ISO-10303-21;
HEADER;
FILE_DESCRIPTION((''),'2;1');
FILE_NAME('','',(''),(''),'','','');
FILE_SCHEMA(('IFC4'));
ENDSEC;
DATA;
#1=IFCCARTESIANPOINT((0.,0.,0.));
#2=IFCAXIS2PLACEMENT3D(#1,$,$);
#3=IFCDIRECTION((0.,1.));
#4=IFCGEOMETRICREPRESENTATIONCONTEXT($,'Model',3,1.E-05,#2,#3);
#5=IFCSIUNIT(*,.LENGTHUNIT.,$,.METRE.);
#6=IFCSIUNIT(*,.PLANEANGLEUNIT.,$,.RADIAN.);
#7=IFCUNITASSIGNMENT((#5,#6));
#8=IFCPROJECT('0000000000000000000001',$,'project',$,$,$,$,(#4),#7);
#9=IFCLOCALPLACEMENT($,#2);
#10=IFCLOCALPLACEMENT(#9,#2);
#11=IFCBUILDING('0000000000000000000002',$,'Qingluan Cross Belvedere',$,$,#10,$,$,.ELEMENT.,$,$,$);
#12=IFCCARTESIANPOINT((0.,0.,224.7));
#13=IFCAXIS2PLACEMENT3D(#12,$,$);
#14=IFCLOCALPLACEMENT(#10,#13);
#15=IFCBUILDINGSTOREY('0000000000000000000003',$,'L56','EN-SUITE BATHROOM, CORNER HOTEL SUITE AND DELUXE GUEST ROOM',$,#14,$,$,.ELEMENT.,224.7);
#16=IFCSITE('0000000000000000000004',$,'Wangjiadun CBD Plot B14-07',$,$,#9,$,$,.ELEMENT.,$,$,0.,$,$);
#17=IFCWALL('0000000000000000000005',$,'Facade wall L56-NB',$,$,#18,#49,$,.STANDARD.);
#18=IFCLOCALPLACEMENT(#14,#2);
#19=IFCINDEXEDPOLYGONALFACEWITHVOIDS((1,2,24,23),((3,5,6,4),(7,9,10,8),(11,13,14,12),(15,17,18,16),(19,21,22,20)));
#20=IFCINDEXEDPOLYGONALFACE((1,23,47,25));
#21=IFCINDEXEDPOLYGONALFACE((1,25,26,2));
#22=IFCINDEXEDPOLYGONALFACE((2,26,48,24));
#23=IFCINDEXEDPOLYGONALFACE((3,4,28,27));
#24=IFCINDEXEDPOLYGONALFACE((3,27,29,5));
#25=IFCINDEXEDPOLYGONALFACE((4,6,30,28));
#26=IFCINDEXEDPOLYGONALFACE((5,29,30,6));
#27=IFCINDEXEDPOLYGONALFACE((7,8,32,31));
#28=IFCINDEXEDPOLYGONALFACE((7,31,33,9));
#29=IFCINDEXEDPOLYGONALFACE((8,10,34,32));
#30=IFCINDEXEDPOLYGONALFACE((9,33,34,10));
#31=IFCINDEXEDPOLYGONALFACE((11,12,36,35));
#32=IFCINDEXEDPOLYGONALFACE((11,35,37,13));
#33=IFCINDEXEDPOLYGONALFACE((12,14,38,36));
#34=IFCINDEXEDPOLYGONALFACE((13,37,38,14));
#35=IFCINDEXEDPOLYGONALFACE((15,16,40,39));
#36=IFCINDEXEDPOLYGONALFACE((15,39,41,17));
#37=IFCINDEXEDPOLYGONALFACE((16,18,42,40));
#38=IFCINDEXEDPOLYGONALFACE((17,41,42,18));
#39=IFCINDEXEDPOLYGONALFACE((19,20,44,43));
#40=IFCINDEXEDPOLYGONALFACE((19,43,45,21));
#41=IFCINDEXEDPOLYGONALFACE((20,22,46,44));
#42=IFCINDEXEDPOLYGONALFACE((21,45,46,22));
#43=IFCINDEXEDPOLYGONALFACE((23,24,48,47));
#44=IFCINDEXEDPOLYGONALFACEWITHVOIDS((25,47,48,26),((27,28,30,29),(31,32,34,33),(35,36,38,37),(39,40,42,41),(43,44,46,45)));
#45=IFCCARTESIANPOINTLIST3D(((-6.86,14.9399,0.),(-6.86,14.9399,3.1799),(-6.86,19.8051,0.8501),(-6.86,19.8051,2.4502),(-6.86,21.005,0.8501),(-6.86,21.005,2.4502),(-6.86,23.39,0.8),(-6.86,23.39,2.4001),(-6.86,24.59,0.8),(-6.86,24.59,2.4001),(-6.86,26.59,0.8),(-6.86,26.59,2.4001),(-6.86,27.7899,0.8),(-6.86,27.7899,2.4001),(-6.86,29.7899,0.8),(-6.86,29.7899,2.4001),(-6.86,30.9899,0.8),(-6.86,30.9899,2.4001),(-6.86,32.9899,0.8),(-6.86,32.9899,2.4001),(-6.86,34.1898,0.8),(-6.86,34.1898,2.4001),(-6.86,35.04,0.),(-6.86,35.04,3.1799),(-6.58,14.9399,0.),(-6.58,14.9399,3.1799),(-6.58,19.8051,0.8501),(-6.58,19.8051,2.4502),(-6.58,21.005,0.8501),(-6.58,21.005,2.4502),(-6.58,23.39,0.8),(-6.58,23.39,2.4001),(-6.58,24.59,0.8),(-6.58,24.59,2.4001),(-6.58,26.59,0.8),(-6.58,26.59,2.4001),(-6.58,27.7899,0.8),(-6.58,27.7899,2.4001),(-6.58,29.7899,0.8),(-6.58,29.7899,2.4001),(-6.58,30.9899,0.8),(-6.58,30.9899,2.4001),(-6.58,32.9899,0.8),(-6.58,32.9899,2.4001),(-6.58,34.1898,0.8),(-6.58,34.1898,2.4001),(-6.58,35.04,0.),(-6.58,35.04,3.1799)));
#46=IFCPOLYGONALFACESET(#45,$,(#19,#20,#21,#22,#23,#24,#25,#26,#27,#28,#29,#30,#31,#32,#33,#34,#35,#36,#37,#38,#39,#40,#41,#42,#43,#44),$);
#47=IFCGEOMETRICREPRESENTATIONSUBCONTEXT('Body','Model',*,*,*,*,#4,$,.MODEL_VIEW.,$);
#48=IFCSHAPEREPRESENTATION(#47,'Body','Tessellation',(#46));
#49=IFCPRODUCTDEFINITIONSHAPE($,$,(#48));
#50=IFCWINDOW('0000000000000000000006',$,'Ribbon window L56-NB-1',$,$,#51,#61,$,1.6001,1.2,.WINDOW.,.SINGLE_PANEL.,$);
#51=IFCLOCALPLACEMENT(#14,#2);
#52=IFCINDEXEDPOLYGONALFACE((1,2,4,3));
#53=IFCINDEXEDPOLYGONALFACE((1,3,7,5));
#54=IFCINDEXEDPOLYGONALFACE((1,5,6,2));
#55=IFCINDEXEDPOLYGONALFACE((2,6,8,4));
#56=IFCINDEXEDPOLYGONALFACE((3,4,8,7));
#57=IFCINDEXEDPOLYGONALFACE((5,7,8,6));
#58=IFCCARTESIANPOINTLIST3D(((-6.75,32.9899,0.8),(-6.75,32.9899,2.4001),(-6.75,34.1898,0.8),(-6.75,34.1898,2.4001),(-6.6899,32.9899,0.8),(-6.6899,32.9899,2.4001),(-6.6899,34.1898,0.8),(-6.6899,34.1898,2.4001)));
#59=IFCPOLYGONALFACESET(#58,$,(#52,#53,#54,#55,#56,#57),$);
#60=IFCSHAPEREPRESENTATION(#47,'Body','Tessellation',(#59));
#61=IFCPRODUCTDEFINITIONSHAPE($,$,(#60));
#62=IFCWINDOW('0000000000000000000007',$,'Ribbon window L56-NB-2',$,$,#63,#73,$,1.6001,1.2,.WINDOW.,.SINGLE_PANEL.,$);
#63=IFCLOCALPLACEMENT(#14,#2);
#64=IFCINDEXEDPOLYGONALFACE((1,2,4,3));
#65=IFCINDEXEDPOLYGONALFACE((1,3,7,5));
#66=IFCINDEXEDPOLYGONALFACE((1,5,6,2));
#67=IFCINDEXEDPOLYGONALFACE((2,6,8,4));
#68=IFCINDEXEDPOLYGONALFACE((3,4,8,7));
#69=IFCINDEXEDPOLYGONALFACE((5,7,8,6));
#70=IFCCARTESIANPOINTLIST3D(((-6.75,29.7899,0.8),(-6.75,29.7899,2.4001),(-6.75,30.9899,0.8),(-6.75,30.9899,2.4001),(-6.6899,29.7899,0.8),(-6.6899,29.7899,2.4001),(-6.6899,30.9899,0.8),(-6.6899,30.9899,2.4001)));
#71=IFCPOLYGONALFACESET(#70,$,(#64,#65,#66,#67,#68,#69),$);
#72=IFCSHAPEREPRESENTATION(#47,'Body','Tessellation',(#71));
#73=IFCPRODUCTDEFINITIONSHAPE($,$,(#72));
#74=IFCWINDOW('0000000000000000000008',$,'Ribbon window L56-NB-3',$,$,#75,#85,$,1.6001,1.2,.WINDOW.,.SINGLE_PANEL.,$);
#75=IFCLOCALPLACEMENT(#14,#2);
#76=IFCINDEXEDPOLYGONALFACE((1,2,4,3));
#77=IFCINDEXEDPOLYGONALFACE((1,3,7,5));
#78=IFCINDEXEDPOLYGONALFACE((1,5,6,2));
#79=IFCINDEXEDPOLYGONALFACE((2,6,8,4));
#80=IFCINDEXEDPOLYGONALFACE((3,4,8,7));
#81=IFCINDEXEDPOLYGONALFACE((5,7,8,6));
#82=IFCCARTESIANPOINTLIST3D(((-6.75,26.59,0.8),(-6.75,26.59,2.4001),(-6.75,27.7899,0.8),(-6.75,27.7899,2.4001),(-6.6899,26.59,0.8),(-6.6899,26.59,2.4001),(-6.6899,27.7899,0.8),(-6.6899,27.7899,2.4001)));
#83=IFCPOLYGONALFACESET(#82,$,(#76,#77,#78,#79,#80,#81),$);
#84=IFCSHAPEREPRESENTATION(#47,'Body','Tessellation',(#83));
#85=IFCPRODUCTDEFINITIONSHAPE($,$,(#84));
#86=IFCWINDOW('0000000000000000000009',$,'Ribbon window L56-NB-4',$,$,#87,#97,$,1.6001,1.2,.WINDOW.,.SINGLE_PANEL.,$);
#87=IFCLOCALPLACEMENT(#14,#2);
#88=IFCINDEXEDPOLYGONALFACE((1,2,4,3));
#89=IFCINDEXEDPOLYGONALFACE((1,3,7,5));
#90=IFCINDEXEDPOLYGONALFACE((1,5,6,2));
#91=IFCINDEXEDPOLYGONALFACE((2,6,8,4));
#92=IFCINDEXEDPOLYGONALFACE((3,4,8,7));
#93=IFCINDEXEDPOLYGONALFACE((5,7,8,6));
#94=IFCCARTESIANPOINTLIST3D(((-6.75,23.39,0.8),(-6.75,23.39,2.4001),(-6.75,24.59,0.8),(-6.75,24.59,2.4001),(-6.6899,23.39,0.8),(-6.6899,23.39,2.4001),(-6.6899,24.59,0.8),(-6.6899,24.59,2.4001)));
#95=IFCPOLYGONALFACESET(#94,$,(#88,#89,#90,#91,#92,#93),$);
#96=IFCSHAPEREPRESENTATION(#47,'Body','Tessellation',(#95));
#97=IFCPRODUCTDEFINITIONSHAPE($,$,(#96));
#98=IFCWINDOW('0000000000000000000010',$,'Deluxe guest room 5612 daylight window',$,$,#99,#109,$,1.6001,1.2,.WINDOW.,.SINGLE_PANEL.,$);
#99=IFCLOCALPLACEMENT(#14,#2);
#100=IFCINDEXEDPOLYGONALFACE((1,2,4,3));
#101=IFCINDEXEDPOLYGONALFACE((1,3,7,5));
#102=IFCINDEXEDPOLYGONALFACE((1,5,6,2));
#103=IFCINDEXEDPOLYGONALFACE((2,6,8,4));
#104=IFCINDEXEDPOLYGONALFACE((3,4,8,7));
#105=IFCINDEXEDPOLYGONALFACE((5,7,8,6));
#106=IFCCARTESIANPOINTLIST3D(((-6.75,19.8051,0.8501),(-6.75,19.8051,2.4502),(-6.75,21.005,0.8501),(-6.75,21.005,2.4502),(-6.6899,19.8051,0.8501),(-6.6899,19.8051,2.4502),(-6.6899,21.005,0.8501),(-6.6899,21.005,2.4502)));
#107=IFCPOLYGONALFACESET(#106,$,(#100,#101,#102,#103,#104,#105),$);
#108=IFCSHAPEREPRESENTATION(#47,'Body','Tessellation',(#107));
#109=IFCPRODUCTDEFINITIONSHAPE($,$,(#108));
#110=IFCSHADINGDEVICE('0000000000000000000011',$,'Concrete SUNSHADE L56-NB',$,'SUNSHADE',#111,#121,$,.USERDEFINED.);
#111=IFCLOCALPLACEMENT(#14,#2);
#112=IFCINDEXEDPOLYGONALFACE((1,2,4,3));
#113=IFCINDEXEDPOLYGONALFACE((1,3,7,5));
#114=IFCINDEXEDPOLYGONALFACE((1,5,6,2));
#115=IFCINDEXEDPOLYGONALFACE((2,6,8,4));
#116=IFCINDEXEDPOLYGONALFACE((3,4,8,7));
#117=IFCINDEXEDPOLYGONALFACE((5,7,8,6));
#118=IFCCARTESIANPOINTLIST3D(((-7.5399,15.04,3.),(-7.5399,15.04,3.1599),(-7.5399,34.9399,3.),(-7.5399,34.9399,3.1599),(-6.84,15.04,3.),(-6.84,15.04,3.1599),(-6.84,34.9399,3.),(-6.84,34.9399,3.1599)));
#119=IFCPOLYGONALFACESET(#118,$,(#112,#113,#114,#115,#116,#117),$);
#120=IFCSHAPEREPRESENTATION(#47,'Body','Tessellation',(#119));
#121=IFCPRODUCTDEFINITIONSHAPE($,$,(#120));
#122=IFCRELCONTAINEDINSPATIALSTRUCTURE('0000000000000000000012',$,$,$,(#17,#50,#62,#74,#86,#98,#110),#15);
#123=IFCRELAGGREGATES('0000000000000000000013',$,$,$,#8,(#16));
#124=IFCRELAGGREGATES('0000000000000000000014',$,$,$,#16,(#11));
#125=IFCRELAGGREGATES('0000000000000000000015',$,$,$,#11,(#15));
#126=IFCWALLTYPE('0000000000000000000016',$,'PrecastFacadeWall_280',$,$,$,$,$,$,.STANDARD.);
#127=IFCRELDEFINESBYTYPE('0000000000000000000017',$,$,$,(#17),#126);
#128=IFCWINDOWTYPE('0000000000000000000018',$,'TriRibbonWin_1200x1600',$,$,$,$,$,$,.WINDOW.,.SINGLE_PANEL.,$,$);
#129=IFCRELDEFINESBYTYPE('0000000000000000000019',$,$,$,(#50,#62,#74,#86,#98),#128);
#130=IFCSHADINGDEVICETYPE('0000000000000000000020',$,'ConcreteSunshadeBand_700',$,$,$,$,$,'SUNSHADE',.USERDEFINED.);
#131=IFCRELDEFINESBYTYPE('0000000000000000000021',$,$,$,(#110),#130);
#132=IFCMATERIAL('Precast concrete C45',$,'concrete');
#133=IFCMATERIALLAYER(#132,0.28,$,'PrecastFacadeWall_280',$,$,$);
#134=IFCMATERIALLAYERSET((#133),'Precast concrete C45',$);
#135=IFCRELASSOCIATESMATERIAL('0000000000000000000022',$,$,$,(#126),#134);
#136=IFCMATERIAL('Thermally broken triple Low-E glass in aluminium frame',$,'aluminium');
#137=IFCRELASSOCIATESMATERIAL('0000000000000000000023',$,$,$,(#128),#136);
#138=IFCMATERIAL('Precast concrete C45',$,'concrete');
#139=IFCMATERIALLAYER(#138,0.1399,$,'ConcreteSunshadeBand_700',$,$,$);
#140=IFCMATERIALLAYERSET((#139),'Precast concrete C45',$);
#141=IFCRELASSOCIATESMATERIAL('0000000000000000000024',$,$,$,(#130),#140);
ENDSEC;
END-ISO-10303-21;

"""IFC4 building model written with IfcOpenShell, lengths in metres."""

from ifc_helpers import new_model, si_unit, direction, frame, frame_2d, origin, origin_2d, place, context, subcontext, project, spatial, rectangle, extrude, material, layer, layer_set, type_object, element, fill, save


model = new_model("IFC4")

# Units and contexts
model_context = context("Model", 3, precision=1e-05, world=origin(), true_north=direction((0.0, 1.0)))
body_context = subcontext(model_context, "Body", "Model", "MODEL_VIEW")
ifc_project = project(units=[si_unit("LENGTHUNIT", "METRE"), si_unit("PLANEANGLEUNIT", "RADIAN")], contexts=[model_context])

# Site, building, storey
site_placement = place(None, origin())
site = spatial("IfcSite", under=ifc_project, at=site_placement, Name="Wangjiadun CBD Plot B14-07", CompositionType="ELEMENT", RefElevation=0.0)
building_placement = place(site_placement, origin())
building = spatial("IfcBuilding", under=site, at=building_placement, Name="Qingluan Cross Belvedere", CompositionType="ELEMENT")
storey_placement = place(building_placement, frame((0.0, 0.0, 224.7)))
storey = spatial("IfcBuildingStorey", under=building, at=storey_placement, Name="L56", Description="EN-SUITE BATHROOM, CORNER HOTEL SUITE AND DELUXE GUEST ROOM", CompositionType="ELEMENT", Elevation=224.7)

# Wall, openings, windows
ifc_material_1 = material(Name="Precast concrete C45", Category="concrete")
ifc_layer_1 = layer(ifc_material_1, 0.28, Name="PrecastFacadeWall_280")
ifc_layer_set_1 = layer_set([ifc_layer_1], Name="Precast concrete C45")
wall_type_1 = type_object("IfcWallType", Name="PrecastFacadeWall_280", PredefinedType="STANDARD", material=ifc_layer_set_1)
wall_1_placement = place(storey_placement, frame((-6.72, 35.04, 0.0), z_axis=(0.0, 0.0, 1.0), x_axis=(0.0, -1.0, 0.0)))
wall_1 = element("IfcWall", 1, at=wall_1_placement, inside=storey, type_object=wall_type_1, Name="Facade wall L56-NB", PredefinedType="STANDARD", context=body_context, shape_type="SweptSolid", body=[
    extrude(rectangle(XDim=20.1001, YDim=0.28, at=frame_2d((10.05, 0.0))), origin(), (0.0, 0.0, 1.0), 3.1799),
])
opening_1_placement = place(wall_1_placement, frame((0.8501, 0.0, 0.8)))
opening_1 = element("IfcOpeningElement", 2, at=opening_1_placement, cuts=wall_1, PredefinedType="OPENING", context=body_context, shape_type="SweptSolid", body=[
    extrude(rectangle(XDim=1.2, YDim=1.6001, at=frame_2d((0.6001, 0.8))), frame((0.0, 0.1499, 0.0), z_axis=(0.0, -1.0, 0.0), x_axis=(1.0, 0.0, 0.0)), (0.0, 0.0, 1.0), 0.3),
])
opening_2_placement = place(wall_1_placement, frame((4.05, 0.0, 0.8)))
opening_2 = element("IfcOpeningElement", 3, at=opening_2_placement, cuts=wall_1, PredefinedType="OPENING", context=body_context, shape_type="SweptSolid", body=[
    extrude(rectangle(XDim=1.2, YDim=1.6001, at=frame_2d((0.6001, 0.8))), frame((0.0, 0.1499, 0.0), z_axis=(0.0, -1.0, 0.0), x_axis=(1.0, 0.0, 0.0)), (0.0, 0.0, 1.0), 0.3),
])
opening_3_placement = place(wall_1_placement, frame((7.25, 0.0, 0.8)))
opening_3 = element("IfcOpeningElement", 4, at=opening_3_placement, cuts=wall_1, PredefinedType="OPENING", context=body_context, shape_type="SweptSolid", body=[
    extrude(rectangle(XDim=1.2, YDim=1.6001, at=frame_2d((0.6001, 0.8))), frame((0.0, 0.1499, 0.0), z_axis=(0.0, -1.0, 0.0), x_axis=(1.0, 0.0, 0.0)), (0.0, 0.0, 1.0), 0.3),
])
opening_4_placement = place(wall_1_placement, frame((10.45, 0.0, 0.8)))
opening_4 = element("IfcOpeningElement", 5, at=opening_4_placement, cuts=wall_1, PredefinedType="OPENING", context=body_context, shape_type="SweptSolid", body=[
    extrude(rectangle(XDim=1.2, YDim=1.6001, at=frame_2d((0.6001, 0.8))), frame((0.0, 0.1499, 0.0), z_axis=(0.0, -1.0, 0.0), x_axis=(1.0, 0.0, 0.0)), (0.0, 0.0, 1.0), 0.3),
])
opening_5_placement = place(wall_1_placement, frame((14.0349, 0.0, 0.8501)))
opening_5 = element("IfcOpeningElement", 6, at=opening_5_placement, cuts=wall_1, PredefinedType="OPENING", context=body_context, shape_type="SweptSolid", body=[
    extrude(rectangle(XDim=1.2, YDim=1.6001, at=frame_2d((0.6001, 0.8))), frame((0.0, 0.1499, 0.0), z_axis=(0.0, -1.0, 0.0), x_axis=(1.0, 0.0, 0.0)), (0.0, 0.0, 1.0), 0.3),
])
ifc_material_2 = material(Name="Thermally broken triple Low-E glass in aluminium frame", Category="aluminium")
window_type = type_object("IfcWindowType", Name="TriRibbonWin_1200x1600", PartitioningType="SINGLE_PANEL", PredefinedType="WINDOW", material=ifc_material_2)
window_1_placement = place(opening_1_placement, origin())
window_1 = element("IfcWindow", 7, at=window_1_placement, inside=storey, type_object=window_type, Name="Ribbon window L56-NB-1", OverallHeight=1.6001, OverallWidth=1.2, PartitioningType="SINGLE_PANEL", PredefinedType="WINDOW", context=body_context, shape_type="SweptSolid", body=[
    extrude(rectangle(XDim=1.2, YDim=1.6001, at=frame_2d((0.6001, 0.8))), frame((0.0, 0.03, 0.0), z_axis=(0.0, -1.0, 0.0), x_axis=(1.0, 0.0, 0.0)), (0.0, 0.0, 1.0), 0.0601),
])
fill(opening_1, window_1)
window_2_placement = place(opening_2_placement, origin())
window_2 = element("IfcWindow", 8, at=window_2_placement, inside=storey, type_object=window_type, Name="Ribbon window L56-NB-2", OverallHeight=1.6001, OverallWidth=1.2, PartitioningType="SINGLE_PANEL", PredefinedType="WINDOW", context=body_context, shape_type="SweptSolid", body=[
    extrude(rectangle(XDim=1.2, YDim=1.6001, at=frame_2d((0.6001, 0.8))), frame((0.0, 0.03, 0.0), z_axis=(0.0, -1.0, 0.0), x_axis=(1.0, 0.0, 0.0)), (0.0, 0.0, 1.0), 0.0601),
])
fill(opening_2, window_2)
window_3_placement = place(opening_3_placement, origin())
window_3 = element("IfcWindow", 9, at=window_3_placement, inside=storey, type_object=window_type, Name="Ribbon window L56-NB-3", OverallHeight=1.6001, OverallWidth=1.2, PartitioningType="SINGLE_PANEL", PredefinedType="WINDOW", context=body_context, shape_type="SweptSolid", body=[
    extrude(rectangle(XDim=1.2, YDim=1.6001, at=frame_2d((0.6001, 0.8))), frame((0.0, 0.03, 0.0), z_axis=(0.0, -1.0, 0.0), x_axis=(1.0, 0.0, 0.0)), (0.0, 0.0, 1.0), 0.0601),
])
fill(opening_3, window_3)
window_4_placement = place(opening_4_placement, origin())
window_4 = element("IfcWindow", 10, at=window_4_placement, inside=storey, type_object=window_type, Name="Ribbon window L56-NB-4", OverallHeight=1.6001, OverallWidth=1.2, PartitioningType="SINGLE_PANEL", PredefinedType="WINDOW", context=body_context, shape_type="SweptSolid", body=[
    extrude(rectangle(XDim=1.2, YDim=1.6001, at=frame_2d((0.6001, 0.8))), frame((0.0, 0.03, 0.0), z_axis=(0.0, -1.0, 0.0), x_axis=(1.0, 0.0, 0.0)), (0.0, 0.0, 1.0), 0.0601),
])
fill(opening_4, window_4)
window_5_placement = place(opening_5_placement, origin())
window_5 = element("IfcWindow", 11, at=window_5_placement, inside=storey, type_object=window_type, Name="Deluxe guest room 5612 daylight window", OverallHeight=1.6001, OverallWidth=1.2, PartitioningType="SINGLE_PANEL", PredefinedType="WINDOW", context=body_context, shape_type="SweptSolid", body=[
    extrude(rectangle(XDim=1.2, YDim=1.6001, at=frame_2d((0.6001, 0.8))), frame((0.0, 0.03, 0.0), z_axis=(0.0, -1.0, 0.0), x_axis=(1.0, 0.0, 0.0)), (0.0, 0.0, 1.0), 0.0601),
])
fill(opening_5, window_5)

# Shading device
ifc_material_3 = material(Name="Precast concrete C45", Category="concrete")
ifc_layer_2 = layer(ifc_material_3, 0.1399, Name="ConcreteSunshadeBand_700")
ifc_layer_set_2 = layer_set([ifc_layer_2], Name="Precast concrete C45")
shading_device_type = type_object("IfcShadingDeviceType", Name="ConcreteSunshadeBand_700", ElementType="SUNSHADE", PredefinedType="USERDEFINED", material=ifc_layer_set_2)
shading_device_placement = place(storey_placement, frame((-7.1899, 24.99, 3.0), z_axis=(0.0, 0.0, 1.0), x_axis=(0.0, -1.0, 0.0)))
element("IfcShadingDevice", 12, at=shading_device_placement, inside=storey, type_object=shading_device_type, Name="Concrete SUNSHADE L56-NB", ObjectType="SUNSHADE", PredefinedType="USERDEFINED", context=body_context, shape_type="SweptSolid", body=[
    extrude(rectangle(XDim=19.8999, YDim=0.7, at=origin_2d()), origin(), (0.0, 0.0, 1.0), 0.1599),
])

save(model, "model.ifc")
